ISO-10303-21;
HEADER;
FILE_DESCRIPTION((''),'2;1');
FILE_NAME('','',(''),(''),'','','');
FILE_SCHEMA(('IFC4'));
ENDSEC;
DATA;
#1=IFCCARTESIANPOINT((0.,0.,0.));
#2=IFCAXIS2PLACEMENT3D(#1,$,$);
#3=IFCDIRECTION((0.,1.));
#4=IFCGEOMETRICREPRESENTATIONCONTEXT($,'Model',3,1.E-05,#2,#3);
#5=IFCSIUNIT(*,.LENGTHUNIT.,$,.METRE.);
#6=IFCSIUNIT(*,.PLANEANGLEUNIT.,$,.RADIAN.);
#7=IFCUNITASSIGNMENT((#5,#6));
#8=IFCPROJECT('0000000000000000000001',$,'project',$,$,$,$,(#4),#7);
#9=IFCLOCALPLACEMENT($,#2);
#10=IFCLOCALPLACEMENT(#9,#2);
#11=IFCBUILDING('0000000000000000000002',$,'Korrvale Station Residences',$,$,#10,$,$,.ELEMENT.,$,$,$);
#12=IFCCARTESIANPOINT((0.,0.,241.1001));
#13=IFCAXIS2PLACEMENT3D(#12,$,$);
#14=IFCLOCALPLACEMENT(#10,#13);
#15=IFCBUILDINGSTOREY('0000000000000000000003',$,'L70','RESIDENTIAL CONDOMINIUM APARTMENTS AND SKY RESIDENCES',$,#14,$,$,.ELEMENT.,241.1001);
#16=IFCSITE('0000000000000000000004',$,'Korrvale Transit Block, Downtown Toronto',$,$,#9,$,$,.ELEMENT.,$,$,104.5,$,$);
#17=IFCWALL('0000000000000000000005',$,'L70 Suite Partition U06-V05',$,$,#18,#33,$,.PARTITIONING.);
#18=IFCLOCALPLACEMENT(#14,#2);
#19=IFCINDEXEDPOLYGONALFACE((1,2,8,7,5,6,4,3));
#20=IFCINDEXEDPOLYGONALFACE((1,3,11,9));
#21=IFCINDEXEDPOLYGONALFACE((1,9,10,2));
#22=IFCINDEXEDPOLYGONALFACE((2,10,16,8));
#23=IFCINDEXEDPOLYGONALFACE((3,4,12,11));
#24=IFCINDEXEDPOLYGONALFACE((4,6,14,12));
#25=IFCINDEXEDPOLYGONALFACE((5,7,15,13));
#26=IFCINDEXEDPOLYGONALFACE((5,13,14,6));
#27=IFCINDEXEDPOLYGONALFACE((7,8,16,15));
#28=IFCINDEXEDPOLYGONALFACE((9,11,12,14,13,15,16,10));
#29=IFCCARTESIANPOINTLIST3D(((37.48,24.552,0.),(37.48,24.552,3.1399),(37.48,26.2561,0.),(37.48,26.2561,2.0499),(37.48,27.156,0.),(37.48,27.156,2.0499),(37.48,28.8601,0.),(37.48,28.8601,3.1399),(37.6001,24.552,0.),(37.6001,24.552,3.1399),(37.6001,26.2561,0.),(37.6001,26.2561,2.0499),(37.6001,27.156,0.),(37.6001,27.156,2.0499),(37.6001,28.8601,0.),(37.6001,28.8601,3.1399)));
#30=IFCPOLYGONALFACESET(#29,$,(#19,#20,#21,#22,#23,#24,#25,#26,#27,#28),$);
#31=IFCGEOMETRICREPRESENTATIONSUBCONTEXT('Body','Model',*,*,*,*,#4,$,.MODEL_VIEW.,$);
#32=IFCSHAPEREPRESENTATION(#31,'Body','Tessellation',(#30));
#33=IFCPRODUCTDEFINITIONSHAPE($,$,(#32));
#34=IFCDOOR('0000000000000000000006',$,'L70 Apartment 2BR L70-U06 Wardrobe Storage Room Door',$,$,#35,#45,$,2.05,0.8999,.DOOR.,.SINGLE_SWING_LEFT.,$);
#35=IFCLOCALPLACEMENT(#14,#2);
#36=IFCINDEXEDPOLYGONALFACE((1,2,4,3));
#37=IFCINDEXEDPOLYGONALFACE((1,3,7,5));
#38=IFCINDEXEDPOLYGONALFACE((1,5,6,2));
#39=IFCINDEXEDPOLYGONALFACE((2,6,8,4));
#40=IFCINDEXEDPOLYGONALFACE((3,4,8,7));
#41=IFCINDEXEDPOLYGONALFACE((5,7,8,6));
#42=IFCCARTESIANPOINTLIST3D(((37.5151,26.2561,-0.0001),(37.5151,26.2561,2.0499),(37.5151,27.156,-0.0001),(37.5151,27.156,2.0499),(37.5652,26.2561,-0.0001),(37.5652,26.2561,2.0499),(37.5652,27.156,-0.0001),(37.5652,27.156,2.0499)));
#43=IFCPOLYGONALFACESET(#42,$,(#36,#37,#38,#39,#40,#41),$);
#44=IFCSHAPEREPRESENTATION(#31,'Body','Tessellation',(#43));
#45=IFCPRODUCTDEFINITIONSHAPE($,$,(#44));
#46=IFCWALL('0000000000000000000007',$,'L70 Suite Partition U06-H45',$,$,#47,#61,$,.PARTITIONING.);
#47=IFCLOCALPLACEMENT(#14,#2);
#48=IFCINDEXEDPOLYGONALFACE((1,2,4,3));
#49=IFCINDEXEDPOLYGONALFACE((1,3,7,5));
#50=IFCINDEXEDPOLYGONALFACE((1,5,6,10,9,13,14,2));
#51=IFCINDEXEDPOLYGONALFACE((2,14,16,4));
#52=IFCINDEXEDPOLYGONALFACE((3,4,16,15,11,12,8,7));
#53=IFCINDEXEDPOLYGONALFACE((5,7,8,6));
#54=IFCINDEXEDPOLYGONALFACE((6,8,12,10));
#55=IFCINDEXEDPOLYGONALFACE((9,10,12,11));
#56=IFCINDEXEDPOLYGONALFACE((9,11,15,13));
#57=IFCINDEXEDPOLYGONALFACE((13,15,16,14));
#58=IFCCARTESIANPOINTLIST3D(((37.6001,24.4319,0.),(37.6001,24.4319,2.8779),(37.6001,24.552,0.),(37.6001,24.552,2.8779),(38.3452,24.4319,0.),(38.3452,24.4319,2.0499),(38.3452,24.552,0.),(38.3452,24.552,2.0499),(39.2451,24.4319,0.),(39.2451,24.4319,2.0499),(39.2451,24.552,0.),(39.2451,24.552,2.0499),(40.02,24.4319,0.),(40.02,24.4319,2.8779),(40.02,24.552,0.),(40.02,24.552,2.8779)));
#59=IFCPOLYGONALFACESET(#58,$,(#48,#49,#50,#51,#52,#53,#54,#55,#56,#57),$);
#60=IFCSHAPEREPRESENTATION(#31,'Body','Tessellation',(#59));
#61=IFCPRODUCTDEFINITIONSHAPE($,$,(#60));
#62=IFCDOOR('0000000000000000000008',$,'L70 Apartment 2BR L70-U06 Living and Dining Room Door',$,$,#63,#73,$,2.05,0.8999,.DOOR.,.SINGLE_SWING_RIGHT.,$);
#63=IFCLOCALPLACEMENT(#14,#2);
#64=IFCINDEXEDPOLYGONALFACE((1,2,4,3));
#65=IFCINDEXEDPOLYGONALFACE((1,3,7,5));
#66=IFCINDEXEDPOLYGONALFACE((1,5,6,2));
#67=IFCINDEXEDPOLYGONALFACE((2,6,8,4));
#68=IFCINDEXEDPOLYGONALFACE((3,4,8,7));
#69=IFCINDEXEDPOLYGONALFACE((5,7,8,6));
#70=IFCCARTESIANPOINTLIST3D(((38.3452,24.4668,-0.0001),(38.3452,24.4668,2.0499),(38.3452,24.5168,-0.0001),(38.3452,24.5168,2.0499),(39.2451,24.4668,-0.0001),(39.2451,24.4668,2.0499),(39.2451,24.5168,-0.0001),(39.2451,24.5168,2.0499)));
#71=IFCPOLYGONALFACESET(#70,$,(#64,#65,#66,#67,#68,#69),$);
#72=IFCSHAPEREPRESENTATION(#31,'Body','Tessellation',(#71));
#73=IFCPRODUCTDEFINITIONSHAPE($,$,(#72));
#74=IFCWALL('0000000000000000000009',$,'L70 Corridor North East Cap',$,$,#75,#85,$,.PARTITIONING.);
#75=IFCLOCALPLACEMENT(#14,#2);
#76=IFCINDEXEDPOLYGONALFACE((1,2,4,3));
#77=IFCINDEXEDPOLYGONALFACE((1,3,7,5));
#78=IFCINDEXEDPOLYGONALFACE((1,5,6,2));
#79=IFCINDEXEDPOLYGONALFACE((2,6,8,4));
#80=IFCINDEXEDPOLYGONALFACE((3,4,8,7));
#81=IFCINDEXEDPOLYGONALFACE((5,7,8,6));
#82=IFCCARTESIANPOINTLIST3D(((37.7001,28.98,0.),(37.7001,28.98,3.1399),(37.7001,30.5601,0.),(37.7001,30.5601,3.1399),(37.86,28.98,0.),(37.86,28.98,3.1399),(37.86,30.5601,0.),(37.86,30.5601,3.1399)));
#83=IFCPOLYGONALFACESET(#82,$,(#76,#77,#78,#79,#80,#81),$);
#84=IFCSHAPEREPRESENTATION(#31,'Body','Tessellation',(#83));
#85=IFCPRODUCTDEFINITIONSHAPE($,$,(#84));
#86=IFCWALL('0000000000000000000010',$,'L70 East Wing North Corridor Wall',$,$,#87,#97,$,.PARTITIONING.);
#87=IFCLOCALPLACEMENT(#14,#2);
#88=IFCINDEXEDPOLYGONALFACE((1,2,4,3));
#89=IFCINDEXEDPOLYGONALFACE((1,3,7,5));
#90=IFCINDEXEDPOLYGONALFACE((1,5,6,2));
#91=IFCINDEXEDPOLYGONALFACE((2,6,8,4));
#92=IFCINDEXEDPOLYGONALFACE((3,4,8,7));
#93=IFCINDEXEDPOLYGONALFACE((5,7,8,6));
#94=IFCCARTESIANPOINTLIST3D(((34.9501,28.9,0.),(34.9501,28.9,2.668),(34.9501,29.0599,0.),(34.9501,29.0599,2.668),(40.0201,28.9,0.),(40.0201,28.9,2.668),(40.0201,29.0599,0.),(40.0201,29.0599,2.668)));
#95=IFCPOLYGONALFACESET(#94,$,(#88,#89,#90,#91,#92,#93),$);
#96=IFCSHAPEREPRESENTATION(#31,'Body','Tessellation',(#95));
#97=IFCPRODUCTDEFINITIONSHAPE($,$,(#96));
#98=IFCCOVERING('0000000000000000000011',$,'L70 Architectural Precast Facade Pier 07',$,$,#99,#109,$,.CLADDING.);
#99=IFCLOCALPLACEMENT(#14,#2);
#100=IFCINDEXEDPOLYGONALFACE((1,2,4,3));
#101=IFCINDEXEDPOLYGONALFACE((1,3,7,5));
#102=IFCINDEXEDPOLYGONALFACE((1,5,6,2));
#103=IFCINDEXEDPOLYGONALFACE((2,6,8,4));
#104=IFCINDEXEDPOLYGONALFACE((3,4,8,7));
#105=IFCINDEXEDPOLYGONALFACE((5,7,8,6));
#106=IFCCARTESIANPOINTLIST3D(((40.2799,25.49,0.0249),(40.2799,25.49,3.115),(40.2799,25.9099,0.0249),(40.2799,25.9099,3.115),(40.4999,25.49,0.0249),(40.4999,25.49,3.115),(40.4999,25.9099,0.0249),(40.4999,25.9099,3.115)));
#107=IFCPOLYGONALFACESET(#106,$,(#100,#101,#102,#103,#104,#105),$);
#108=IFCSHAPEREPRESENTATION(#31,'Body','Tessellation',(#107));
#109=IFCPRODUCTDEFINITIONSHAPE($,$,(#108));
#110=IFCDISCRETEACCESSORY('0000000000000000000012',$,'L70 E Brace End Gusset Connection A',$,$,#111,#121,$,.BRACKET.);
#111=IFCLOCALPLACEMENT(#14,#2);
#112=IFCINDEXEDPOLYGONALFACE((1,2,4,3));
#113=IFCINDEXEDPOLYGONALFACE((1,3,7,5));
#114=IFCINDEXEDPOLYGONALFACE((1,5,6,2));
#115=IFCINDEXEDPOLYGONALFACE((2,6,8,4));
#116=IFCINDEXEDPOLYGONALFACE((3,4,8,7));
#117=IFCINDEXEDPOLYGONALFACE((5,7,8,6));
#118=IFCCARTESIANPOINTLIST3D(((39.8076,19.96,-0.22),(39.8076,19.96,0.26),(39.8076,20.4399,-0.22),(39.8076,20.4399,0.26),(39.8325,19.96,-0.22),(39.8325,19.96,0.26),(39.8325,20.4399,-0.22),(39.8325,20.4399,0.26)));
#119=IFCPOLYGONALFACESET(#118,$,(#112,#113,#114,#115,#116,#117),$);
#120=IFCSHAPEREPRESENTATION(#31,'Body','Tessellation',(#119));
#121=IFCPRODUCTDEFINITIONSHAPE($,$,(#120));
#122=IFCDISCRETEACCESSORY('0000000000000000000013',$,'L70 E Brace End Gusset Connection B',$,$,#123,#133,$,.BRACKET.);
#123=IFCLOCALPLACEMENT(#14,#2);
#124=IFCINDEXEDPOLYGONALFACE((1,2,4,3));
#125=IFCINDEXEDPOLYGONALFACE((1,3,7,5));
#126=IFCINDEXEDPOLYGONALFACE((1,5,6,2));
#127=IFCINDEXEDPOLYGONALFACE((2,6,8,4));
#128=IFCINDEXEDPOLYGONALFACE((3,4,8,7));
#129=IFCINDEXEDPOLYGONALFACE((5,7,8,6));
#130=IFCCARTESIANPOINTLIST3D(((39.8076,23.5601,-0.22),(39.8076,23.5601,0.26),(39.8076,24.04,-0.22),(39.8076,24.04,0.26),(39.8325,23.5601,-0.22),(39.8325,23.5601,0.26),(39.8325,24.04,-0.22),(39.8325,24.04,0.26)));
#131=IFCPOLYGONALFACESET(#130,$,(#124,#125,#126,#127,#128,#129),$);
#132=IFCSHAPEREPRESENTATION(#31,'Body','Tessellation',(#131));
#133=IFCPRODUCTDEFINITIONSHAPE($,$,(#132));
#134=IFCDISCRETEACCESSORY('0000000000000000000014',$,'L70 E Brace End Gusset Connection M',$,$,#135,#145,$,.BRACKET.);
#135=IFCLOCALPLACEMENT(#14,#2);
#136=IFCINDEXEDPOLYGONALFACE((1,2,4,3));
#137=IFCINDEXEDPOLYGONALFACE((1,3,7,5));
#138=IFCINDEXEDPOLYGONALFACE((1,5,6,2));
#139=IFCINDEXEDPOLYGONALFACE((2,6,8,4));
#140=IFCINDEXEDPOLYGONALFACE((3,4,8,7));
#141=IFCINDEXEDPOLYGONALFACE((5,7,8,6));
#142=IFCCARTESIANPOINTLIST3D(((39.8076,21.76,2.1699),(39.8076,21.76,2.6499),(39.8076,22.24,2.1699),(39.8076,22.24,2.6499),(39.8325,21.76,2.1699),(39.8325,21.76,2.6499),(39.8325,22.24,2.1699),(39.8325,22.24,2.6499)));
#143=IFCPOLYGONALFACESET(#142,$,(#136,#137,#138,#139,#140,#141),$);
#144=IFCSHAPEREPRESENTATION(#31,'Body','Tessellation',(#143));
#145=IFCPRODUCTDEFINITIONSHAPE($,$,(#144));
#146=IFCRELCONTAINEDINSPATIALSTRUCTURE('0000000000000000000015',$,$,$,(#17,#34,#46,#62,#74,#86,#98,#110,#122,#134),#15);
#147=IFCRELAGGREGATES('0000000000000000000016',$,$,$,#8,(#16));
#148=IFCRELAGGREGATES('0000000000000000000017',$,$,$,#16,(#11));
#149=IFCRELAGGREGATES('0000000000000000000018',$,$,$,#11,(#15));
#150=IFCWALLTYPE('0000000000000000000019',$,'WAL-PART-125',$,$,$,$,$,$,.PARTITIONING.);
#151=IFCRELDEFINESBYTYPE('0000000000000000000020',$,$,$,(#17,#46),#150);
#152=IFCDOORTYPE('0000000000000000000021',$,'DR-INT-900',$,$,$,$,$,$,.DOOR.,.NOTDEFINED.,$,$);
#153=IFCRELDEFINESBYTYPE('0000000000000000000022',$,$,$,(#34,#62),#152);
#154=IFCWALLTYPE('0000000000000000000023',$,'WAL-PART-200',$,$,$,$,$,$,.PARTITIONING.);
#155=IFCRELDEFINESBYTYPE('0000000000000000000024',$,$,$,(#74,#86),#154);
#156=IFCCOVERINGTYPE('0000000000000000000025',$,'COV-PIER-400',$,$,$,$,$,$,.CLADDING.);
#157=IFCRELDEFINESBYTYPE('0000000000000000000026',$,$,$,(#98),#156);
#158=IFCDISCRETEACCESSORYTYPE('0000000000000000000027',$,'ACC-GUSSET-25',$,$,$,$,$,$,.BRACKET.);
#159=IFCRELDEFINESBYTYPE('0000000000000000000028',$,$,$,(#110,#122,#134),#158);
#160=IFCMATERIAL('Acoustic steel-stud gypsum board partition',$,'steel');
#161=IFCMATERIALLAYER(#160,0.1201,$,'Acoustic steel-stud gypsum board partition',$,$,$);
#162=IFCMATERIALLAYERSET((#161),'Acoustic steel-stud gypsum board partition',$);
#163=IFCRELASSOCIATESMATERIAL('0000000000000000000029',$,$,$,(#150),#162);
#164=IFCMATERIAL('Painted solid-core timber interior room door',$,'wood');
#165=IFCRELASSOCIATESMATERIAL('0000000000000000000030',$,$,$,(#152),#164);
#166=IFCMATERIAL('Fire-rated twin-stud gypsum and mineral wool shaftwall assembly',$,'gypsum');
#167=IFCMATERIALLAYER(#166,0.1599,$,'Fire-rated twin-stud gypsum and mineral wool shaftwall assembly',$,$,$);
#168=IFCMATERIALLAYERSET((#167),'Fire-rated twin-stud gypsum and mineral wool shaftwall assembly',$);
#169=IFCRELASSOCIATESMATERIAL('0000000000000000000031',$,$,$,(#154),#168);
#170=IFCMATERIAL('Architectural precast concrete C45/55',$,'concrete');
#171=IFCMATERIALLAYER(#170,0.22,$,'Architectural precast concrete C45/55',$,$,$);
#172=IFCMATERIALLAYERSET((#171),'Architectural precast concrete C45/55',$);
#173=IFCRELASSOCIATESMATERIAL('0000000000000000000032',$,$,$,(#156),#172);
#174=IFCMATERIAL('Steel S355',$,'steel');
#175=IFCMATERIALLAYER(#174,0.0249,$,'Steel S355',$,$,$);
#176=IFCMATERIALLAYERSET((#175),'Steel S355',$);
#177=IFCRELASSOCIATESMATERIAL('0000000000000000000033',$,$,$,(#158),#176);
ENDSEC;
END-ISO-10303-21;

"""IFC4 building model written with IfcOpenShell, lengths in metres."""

from ifc_helpers import new_model, si_unit, direction, frame, frame_2d, origin, origin_2d, place, context, subcontext, project, spatial, rectangle, extrude, material, layer, layer_set, type_object, element, fill, save


model = new_model("IFC4")

# Units and contexts
model_context = context("Model", 3, precision=1e-05, world=origin(), true_north=direction((0.0, 1.0)))
body_context = subcontext(model_context, "Body", "Model", "MODEL_VIEW")
ifc_project = project(units=[si_unit("LENGTHUNIT", "METRE"), si_unit("PLANEANGLEUNIT", "RADIAN")], contexts=[model_context])

# Site, building, storey
site_placement = place(None, origin())
site = spatial("IfcSite", under=ifc_project, at=site_placement, Name="Korrvale Transit Block, Downtown Toronto", CompositionType="ELEMENT", RefElevation=104.5)
building_placement = place(site_placement, origin())
building = spatial("IfcBuilding", under=site, at=building_placement, Name="Korrvale Station Residences", CompositionType="ELEMENT")
storey_placement = place(building_placement, frame((0.0, 0.0, 241.1001)))
storey = spatial("IfcBuildingStorey", under=building, at=storey_placement, Name="L70", Description="RESIDENTIAL CONDOMINIUM APARTMENTS AND SKY RESIDENCES", CompositionType="ELEMENT", Elevation=241.1001)

# Shared definitions
ifc_material_1 = material(Name="Steel S355", Category="steel")

# Walls, openings, doors
ifc_material_2 = material(Name="Acoustic steel-stud gypsum board partition", Category="steel")
ifc_layer_1 = layer(ifc_material_2, 0.1201, Name="Acoustic steel-stud gypsum board partition")
ifc_layer_set_1 = layer_set([ifc_layer_1], Name="Acoustic steel-stud gypsum board partition")
wall_type_1 = type_object("IfcWallType", Name="WAL-PART-125", PredefinedType="PARTITIONING", material=ifc_layer_set_1)
ifc_material_3 = material(Name="Painted solid-core timber interior room door", Category="wood")
door_type = type_object("IfcDoorType", Name="DR-INT-900", OperationType="NOTDEFINED", PredefinedType="DOOR", material=ifc_material_3)
wall_1_placement = place(storey_placement, frame((37.54, 24.552, 0.0), z_axis=(0.0, 0.0, 1.0), x_axis=(0.0, 1.0, 0.0)))
wall_1 = element("IfcWall", 1, at=wall_1_placement, inside=storey, type_object=wall_type_1, Name="L70 Suite Partition U06-V05", PredefinedType="PARTITIONING", context=body_context, shape_type="SweptSolid", body=[
    extrude(rectangle(XDim=4.3081, YDim=0.1201, at=frame_2d((2.1541, 0.0))), origin(), (0.0, 0.0, 1.0), 3.1399),
])
opening_1_placement = place(wall_1_placement, frame((1.7041, 0.0, 0.0)))
opening_1 = element("IfcOpeningElement", 2, at=opening_1_placement, cuts=wall_1, PredefinedType="OPENING", context=body_context, shape_type="SweptSolid", body=[
    extrude(rectangle(XDim=0.8999, YDim=2.05, at=frame_2d((0.45, 1.0249))), frame((0.0, 0.0701, 0.0), z_axis=(0.0, -1.0, 0.0), x_axis=(1.0, 0.0, 0.0)), (0.0, 0.0, 1.0), 0.1401),
])
door_1_placement = place(opening_1_placement, origin())
door_1 = element("IfcDoor", 3, at=door_1_placement, inside=storey, type_object=door_type, Name="L70 Apartment 2BR L70-U06 Wardrobe Storage Room Door", OperationType="SINGLE_SWING_LEFT", OverallHeight=2.05, OverallWidth=0.8999, PredefinedType="DOOR", context=body_context, shape_type="SweptSolid", body=[
    extrude(rectangle(XDim=0.8999, YDim=2.05, at=frame_2d((0.45, 1.0249))), frame((0.0, 0.0249, 0.0), z_axis=(0.0, -1.0, 0.0), x_axis=(1.0, 0.0, 0.0)), (0.0, 0.0, 1.0), 0.05),
])
fill(opening_1, door_1)
wall_2_placement = place(storey_placement, frame((37.6001, 24.4919, 0.0), z_axis=(0.0, 0.0, 1.0), x_axis=(1.0, 0.0, 0.0)))
wall_2 = element("IfcWall", 4, at=wall_2_placement, inside=storey, type_object=wall_type_1, Name="L70 Suite Partition U06-H45", PredefinedType="PARTITIONING", context=body_context, shape_type="SweptSolid", body=[
    extrude(rectangle(XDim=2.4199, YDim=0.1201, at=frame_2d((1.21, 0.0))), origin(), (0.0, 0.0, 1.0), 2.8779),
])
opening_2_placement = place(wall_2_placement, frame((0.7451, 0.0, 0.0)))
opening_2 = element("IfcOpeningElement", 5, at=opening_2_placement, cuts=wall_2, PredefinedType="OPENING", context=body_context, shape_type="SweptSolid", body=[
    extrude(rectangle(XDim=0.8999, YDim=2.05, at=frame_2d((0.45, 1.0249))), frame((0.0, 0.0701, 0.0), z_axis=(0.0, -1.0, 0.0), x_axis=(1.0, 0.0, 0.0)), (0.0, 0.0, 1.0), 0.1401),
])
door_2_placement = place(opening_2_placement, origin())
door_2 = element("IfcDoor", 6, at=door_2_placement, inside=storey, type_object=door_type, Name="L70 Apartment 2BR L70-U06 Living and Dining Room Door", OperationType="SINGLE_SWING_RIGHT", OverallHeight=2.05, OverallWidth=0.8999, PredefinedType="DOOR", context=body_context, shape_type="SweptSolid", body=[
    extrude(rectangle(XDim=0.8999, YDim=2.05, at=frame_2d((0.45, 1.0249))), frame((0.0, 0.0249, 0.0), z_axis=(0.0, -1.0, 0.0), x_axis=(1.0, 0.0, 0.0)), (0.0, 0.0, 1.0), 0.05),
])
fill(opening_2, door_2)

# Walls
ifc_material_4 = material(Name="Fire-rated twin-stud gypsum and mineral wool shaftwall assembly", Category="gypsum")
ifc_layer_2 = layer(ifc_material_4, 0.1599, Name="Fire-rated twin-stud gypsum and mineral wool shaftwall assembly")
ifc_layer_set_2 = layer_set([ifc_layer_2], Name="Fire-rated twin-stud gypsum and mineral wool shaftwall assembly")
wall_type_2 = type_object("IfcWallType", Name="WAL-PART-200", PredefinedType="PARTITIONING", material=ifc_layer_set_2)
wall_3_placement = place(storey_placement, frame((37.78, 28.98, 0.0), z_axis=(0.0, 0.0, 1.0), x_axis=(0.0, 1.0, 0.0)))
element("IfcWall", 7, at=wall_3_placement, inside=storey, type_object=wall_type_2, Name="L70 Corridor North East Cap", PredefinedType="PARTITIONING", context=body_context, shape_type="SweptSolid", body=[
    extrude(rectangle(XDim=1.5801, YDim=0.1599, at=frame_2d((0.79, 0.0))), origin(), (0.0, 0.0, 1.0), 3.1399),
])
wall_4_placement = place(storey_placement, frame((34.95, 28.98, 0.0), z_axis=(0.0, 0.0, 1.0), x_axis=(1.0, 0.0, 0.0)))
element("IfcWall", 8, at=wall_4_placement, inside=storey, type_object=wall_type_2, Name="L70 East Wing North Corridor Wall", PredefinedType="PARTITIONING", context=body_context, shape_type="SweptSolid", body=[
    extrude(rectangle(XDim=5.0701, YDim=0.1599, at=frame_2d((2.5352, 0.0))), origin(), (0.0, 0.0, 1.0), 2.668),
])

# Covering
ifc_material_5 = material(Name="Architectural precast concrete C45/55", Category="concrete")
ifc_layer_3 = layer(ifc_material_5, 0.22, Name="Architectural precast concrete C45/55")
ifc_layer_set_3 = layer_set([ifc_layer_3], Name="Architectural precast concrete C45/55")
covering_type = type_object("IfcCoveringType", Name="COV-PIER-400", PredefinedType="CLADDING", material=ifc_layer_set_3)
covering_placement = place(storey_placement, frame((40.3899, 25.7, 0.0249), z_axis=(0.0, 0.0, 1.0), x_axis=(0.0, 1.0, 0.0)))
element("IfcCovering", 9, at=covering_placement, inside=storey, type_object=covering_type, Name="L70 Architectural Precast Facade Pier 07", PredefinedType="CLADDING", context=body_context, shape_type="SweptSolid", body=[
    extrude(rectangle(XDim=0.4199, YDim=0.22, at=origin_2d()), origin(), (0.0, 0.0, 1.0), 3.0901),
])

# Discrete accessories
ifc_layer_4 = layer(ifc_material_1, 0.0249, Name="Steel S355")
ifc_layer_set_4 = layer_set([ifc_layer_4], Name="Steel S355")
discrete_accessory_type = type_object("IfcDiscreteAccessoryType", Name="ACC-GUSSET-25", PredefinedType="BRACKET", material=ifc_layer_set_4)
for number, where, z_axis, x_axis, name in (
    (10, (39.8201, 20.2, -0.22), (0.0, 0.0, 1.0), (0.0, 1.0, 0.0), "L70 E Brace End Gusset Connection A"),
    (11, (39.8201, 23.8, -0.22), (0.0, 0.0, 1.0), (0.0, 1.0, 0.0), "L70 E Brace End Gusset Connection B"),
    (12, (39.8201, 22.0, 2.1699), (0.0, 0.0, 1.0), (0.0, 1.0, 0.0), "L70 E Brace End Gusset Connection M"),
):
    element("IfcDiscreteAccessory", number, at=place(storey_placement, frame(where, z_axis=z_axis, x_axis=x_axis)), inside=storey, type_object=discrete_accessory_type, Name=name, PredefinedType="BRACKET", context=body_context, shape_type="SweptSolid", body=[
        extrude(rectangle(XDim=0.48, YDim=0.0249, at=origin_2d()), origin(), (0.0, 0.0, 1.0), 0.48),
    ])

save(model, "model.ifc")
